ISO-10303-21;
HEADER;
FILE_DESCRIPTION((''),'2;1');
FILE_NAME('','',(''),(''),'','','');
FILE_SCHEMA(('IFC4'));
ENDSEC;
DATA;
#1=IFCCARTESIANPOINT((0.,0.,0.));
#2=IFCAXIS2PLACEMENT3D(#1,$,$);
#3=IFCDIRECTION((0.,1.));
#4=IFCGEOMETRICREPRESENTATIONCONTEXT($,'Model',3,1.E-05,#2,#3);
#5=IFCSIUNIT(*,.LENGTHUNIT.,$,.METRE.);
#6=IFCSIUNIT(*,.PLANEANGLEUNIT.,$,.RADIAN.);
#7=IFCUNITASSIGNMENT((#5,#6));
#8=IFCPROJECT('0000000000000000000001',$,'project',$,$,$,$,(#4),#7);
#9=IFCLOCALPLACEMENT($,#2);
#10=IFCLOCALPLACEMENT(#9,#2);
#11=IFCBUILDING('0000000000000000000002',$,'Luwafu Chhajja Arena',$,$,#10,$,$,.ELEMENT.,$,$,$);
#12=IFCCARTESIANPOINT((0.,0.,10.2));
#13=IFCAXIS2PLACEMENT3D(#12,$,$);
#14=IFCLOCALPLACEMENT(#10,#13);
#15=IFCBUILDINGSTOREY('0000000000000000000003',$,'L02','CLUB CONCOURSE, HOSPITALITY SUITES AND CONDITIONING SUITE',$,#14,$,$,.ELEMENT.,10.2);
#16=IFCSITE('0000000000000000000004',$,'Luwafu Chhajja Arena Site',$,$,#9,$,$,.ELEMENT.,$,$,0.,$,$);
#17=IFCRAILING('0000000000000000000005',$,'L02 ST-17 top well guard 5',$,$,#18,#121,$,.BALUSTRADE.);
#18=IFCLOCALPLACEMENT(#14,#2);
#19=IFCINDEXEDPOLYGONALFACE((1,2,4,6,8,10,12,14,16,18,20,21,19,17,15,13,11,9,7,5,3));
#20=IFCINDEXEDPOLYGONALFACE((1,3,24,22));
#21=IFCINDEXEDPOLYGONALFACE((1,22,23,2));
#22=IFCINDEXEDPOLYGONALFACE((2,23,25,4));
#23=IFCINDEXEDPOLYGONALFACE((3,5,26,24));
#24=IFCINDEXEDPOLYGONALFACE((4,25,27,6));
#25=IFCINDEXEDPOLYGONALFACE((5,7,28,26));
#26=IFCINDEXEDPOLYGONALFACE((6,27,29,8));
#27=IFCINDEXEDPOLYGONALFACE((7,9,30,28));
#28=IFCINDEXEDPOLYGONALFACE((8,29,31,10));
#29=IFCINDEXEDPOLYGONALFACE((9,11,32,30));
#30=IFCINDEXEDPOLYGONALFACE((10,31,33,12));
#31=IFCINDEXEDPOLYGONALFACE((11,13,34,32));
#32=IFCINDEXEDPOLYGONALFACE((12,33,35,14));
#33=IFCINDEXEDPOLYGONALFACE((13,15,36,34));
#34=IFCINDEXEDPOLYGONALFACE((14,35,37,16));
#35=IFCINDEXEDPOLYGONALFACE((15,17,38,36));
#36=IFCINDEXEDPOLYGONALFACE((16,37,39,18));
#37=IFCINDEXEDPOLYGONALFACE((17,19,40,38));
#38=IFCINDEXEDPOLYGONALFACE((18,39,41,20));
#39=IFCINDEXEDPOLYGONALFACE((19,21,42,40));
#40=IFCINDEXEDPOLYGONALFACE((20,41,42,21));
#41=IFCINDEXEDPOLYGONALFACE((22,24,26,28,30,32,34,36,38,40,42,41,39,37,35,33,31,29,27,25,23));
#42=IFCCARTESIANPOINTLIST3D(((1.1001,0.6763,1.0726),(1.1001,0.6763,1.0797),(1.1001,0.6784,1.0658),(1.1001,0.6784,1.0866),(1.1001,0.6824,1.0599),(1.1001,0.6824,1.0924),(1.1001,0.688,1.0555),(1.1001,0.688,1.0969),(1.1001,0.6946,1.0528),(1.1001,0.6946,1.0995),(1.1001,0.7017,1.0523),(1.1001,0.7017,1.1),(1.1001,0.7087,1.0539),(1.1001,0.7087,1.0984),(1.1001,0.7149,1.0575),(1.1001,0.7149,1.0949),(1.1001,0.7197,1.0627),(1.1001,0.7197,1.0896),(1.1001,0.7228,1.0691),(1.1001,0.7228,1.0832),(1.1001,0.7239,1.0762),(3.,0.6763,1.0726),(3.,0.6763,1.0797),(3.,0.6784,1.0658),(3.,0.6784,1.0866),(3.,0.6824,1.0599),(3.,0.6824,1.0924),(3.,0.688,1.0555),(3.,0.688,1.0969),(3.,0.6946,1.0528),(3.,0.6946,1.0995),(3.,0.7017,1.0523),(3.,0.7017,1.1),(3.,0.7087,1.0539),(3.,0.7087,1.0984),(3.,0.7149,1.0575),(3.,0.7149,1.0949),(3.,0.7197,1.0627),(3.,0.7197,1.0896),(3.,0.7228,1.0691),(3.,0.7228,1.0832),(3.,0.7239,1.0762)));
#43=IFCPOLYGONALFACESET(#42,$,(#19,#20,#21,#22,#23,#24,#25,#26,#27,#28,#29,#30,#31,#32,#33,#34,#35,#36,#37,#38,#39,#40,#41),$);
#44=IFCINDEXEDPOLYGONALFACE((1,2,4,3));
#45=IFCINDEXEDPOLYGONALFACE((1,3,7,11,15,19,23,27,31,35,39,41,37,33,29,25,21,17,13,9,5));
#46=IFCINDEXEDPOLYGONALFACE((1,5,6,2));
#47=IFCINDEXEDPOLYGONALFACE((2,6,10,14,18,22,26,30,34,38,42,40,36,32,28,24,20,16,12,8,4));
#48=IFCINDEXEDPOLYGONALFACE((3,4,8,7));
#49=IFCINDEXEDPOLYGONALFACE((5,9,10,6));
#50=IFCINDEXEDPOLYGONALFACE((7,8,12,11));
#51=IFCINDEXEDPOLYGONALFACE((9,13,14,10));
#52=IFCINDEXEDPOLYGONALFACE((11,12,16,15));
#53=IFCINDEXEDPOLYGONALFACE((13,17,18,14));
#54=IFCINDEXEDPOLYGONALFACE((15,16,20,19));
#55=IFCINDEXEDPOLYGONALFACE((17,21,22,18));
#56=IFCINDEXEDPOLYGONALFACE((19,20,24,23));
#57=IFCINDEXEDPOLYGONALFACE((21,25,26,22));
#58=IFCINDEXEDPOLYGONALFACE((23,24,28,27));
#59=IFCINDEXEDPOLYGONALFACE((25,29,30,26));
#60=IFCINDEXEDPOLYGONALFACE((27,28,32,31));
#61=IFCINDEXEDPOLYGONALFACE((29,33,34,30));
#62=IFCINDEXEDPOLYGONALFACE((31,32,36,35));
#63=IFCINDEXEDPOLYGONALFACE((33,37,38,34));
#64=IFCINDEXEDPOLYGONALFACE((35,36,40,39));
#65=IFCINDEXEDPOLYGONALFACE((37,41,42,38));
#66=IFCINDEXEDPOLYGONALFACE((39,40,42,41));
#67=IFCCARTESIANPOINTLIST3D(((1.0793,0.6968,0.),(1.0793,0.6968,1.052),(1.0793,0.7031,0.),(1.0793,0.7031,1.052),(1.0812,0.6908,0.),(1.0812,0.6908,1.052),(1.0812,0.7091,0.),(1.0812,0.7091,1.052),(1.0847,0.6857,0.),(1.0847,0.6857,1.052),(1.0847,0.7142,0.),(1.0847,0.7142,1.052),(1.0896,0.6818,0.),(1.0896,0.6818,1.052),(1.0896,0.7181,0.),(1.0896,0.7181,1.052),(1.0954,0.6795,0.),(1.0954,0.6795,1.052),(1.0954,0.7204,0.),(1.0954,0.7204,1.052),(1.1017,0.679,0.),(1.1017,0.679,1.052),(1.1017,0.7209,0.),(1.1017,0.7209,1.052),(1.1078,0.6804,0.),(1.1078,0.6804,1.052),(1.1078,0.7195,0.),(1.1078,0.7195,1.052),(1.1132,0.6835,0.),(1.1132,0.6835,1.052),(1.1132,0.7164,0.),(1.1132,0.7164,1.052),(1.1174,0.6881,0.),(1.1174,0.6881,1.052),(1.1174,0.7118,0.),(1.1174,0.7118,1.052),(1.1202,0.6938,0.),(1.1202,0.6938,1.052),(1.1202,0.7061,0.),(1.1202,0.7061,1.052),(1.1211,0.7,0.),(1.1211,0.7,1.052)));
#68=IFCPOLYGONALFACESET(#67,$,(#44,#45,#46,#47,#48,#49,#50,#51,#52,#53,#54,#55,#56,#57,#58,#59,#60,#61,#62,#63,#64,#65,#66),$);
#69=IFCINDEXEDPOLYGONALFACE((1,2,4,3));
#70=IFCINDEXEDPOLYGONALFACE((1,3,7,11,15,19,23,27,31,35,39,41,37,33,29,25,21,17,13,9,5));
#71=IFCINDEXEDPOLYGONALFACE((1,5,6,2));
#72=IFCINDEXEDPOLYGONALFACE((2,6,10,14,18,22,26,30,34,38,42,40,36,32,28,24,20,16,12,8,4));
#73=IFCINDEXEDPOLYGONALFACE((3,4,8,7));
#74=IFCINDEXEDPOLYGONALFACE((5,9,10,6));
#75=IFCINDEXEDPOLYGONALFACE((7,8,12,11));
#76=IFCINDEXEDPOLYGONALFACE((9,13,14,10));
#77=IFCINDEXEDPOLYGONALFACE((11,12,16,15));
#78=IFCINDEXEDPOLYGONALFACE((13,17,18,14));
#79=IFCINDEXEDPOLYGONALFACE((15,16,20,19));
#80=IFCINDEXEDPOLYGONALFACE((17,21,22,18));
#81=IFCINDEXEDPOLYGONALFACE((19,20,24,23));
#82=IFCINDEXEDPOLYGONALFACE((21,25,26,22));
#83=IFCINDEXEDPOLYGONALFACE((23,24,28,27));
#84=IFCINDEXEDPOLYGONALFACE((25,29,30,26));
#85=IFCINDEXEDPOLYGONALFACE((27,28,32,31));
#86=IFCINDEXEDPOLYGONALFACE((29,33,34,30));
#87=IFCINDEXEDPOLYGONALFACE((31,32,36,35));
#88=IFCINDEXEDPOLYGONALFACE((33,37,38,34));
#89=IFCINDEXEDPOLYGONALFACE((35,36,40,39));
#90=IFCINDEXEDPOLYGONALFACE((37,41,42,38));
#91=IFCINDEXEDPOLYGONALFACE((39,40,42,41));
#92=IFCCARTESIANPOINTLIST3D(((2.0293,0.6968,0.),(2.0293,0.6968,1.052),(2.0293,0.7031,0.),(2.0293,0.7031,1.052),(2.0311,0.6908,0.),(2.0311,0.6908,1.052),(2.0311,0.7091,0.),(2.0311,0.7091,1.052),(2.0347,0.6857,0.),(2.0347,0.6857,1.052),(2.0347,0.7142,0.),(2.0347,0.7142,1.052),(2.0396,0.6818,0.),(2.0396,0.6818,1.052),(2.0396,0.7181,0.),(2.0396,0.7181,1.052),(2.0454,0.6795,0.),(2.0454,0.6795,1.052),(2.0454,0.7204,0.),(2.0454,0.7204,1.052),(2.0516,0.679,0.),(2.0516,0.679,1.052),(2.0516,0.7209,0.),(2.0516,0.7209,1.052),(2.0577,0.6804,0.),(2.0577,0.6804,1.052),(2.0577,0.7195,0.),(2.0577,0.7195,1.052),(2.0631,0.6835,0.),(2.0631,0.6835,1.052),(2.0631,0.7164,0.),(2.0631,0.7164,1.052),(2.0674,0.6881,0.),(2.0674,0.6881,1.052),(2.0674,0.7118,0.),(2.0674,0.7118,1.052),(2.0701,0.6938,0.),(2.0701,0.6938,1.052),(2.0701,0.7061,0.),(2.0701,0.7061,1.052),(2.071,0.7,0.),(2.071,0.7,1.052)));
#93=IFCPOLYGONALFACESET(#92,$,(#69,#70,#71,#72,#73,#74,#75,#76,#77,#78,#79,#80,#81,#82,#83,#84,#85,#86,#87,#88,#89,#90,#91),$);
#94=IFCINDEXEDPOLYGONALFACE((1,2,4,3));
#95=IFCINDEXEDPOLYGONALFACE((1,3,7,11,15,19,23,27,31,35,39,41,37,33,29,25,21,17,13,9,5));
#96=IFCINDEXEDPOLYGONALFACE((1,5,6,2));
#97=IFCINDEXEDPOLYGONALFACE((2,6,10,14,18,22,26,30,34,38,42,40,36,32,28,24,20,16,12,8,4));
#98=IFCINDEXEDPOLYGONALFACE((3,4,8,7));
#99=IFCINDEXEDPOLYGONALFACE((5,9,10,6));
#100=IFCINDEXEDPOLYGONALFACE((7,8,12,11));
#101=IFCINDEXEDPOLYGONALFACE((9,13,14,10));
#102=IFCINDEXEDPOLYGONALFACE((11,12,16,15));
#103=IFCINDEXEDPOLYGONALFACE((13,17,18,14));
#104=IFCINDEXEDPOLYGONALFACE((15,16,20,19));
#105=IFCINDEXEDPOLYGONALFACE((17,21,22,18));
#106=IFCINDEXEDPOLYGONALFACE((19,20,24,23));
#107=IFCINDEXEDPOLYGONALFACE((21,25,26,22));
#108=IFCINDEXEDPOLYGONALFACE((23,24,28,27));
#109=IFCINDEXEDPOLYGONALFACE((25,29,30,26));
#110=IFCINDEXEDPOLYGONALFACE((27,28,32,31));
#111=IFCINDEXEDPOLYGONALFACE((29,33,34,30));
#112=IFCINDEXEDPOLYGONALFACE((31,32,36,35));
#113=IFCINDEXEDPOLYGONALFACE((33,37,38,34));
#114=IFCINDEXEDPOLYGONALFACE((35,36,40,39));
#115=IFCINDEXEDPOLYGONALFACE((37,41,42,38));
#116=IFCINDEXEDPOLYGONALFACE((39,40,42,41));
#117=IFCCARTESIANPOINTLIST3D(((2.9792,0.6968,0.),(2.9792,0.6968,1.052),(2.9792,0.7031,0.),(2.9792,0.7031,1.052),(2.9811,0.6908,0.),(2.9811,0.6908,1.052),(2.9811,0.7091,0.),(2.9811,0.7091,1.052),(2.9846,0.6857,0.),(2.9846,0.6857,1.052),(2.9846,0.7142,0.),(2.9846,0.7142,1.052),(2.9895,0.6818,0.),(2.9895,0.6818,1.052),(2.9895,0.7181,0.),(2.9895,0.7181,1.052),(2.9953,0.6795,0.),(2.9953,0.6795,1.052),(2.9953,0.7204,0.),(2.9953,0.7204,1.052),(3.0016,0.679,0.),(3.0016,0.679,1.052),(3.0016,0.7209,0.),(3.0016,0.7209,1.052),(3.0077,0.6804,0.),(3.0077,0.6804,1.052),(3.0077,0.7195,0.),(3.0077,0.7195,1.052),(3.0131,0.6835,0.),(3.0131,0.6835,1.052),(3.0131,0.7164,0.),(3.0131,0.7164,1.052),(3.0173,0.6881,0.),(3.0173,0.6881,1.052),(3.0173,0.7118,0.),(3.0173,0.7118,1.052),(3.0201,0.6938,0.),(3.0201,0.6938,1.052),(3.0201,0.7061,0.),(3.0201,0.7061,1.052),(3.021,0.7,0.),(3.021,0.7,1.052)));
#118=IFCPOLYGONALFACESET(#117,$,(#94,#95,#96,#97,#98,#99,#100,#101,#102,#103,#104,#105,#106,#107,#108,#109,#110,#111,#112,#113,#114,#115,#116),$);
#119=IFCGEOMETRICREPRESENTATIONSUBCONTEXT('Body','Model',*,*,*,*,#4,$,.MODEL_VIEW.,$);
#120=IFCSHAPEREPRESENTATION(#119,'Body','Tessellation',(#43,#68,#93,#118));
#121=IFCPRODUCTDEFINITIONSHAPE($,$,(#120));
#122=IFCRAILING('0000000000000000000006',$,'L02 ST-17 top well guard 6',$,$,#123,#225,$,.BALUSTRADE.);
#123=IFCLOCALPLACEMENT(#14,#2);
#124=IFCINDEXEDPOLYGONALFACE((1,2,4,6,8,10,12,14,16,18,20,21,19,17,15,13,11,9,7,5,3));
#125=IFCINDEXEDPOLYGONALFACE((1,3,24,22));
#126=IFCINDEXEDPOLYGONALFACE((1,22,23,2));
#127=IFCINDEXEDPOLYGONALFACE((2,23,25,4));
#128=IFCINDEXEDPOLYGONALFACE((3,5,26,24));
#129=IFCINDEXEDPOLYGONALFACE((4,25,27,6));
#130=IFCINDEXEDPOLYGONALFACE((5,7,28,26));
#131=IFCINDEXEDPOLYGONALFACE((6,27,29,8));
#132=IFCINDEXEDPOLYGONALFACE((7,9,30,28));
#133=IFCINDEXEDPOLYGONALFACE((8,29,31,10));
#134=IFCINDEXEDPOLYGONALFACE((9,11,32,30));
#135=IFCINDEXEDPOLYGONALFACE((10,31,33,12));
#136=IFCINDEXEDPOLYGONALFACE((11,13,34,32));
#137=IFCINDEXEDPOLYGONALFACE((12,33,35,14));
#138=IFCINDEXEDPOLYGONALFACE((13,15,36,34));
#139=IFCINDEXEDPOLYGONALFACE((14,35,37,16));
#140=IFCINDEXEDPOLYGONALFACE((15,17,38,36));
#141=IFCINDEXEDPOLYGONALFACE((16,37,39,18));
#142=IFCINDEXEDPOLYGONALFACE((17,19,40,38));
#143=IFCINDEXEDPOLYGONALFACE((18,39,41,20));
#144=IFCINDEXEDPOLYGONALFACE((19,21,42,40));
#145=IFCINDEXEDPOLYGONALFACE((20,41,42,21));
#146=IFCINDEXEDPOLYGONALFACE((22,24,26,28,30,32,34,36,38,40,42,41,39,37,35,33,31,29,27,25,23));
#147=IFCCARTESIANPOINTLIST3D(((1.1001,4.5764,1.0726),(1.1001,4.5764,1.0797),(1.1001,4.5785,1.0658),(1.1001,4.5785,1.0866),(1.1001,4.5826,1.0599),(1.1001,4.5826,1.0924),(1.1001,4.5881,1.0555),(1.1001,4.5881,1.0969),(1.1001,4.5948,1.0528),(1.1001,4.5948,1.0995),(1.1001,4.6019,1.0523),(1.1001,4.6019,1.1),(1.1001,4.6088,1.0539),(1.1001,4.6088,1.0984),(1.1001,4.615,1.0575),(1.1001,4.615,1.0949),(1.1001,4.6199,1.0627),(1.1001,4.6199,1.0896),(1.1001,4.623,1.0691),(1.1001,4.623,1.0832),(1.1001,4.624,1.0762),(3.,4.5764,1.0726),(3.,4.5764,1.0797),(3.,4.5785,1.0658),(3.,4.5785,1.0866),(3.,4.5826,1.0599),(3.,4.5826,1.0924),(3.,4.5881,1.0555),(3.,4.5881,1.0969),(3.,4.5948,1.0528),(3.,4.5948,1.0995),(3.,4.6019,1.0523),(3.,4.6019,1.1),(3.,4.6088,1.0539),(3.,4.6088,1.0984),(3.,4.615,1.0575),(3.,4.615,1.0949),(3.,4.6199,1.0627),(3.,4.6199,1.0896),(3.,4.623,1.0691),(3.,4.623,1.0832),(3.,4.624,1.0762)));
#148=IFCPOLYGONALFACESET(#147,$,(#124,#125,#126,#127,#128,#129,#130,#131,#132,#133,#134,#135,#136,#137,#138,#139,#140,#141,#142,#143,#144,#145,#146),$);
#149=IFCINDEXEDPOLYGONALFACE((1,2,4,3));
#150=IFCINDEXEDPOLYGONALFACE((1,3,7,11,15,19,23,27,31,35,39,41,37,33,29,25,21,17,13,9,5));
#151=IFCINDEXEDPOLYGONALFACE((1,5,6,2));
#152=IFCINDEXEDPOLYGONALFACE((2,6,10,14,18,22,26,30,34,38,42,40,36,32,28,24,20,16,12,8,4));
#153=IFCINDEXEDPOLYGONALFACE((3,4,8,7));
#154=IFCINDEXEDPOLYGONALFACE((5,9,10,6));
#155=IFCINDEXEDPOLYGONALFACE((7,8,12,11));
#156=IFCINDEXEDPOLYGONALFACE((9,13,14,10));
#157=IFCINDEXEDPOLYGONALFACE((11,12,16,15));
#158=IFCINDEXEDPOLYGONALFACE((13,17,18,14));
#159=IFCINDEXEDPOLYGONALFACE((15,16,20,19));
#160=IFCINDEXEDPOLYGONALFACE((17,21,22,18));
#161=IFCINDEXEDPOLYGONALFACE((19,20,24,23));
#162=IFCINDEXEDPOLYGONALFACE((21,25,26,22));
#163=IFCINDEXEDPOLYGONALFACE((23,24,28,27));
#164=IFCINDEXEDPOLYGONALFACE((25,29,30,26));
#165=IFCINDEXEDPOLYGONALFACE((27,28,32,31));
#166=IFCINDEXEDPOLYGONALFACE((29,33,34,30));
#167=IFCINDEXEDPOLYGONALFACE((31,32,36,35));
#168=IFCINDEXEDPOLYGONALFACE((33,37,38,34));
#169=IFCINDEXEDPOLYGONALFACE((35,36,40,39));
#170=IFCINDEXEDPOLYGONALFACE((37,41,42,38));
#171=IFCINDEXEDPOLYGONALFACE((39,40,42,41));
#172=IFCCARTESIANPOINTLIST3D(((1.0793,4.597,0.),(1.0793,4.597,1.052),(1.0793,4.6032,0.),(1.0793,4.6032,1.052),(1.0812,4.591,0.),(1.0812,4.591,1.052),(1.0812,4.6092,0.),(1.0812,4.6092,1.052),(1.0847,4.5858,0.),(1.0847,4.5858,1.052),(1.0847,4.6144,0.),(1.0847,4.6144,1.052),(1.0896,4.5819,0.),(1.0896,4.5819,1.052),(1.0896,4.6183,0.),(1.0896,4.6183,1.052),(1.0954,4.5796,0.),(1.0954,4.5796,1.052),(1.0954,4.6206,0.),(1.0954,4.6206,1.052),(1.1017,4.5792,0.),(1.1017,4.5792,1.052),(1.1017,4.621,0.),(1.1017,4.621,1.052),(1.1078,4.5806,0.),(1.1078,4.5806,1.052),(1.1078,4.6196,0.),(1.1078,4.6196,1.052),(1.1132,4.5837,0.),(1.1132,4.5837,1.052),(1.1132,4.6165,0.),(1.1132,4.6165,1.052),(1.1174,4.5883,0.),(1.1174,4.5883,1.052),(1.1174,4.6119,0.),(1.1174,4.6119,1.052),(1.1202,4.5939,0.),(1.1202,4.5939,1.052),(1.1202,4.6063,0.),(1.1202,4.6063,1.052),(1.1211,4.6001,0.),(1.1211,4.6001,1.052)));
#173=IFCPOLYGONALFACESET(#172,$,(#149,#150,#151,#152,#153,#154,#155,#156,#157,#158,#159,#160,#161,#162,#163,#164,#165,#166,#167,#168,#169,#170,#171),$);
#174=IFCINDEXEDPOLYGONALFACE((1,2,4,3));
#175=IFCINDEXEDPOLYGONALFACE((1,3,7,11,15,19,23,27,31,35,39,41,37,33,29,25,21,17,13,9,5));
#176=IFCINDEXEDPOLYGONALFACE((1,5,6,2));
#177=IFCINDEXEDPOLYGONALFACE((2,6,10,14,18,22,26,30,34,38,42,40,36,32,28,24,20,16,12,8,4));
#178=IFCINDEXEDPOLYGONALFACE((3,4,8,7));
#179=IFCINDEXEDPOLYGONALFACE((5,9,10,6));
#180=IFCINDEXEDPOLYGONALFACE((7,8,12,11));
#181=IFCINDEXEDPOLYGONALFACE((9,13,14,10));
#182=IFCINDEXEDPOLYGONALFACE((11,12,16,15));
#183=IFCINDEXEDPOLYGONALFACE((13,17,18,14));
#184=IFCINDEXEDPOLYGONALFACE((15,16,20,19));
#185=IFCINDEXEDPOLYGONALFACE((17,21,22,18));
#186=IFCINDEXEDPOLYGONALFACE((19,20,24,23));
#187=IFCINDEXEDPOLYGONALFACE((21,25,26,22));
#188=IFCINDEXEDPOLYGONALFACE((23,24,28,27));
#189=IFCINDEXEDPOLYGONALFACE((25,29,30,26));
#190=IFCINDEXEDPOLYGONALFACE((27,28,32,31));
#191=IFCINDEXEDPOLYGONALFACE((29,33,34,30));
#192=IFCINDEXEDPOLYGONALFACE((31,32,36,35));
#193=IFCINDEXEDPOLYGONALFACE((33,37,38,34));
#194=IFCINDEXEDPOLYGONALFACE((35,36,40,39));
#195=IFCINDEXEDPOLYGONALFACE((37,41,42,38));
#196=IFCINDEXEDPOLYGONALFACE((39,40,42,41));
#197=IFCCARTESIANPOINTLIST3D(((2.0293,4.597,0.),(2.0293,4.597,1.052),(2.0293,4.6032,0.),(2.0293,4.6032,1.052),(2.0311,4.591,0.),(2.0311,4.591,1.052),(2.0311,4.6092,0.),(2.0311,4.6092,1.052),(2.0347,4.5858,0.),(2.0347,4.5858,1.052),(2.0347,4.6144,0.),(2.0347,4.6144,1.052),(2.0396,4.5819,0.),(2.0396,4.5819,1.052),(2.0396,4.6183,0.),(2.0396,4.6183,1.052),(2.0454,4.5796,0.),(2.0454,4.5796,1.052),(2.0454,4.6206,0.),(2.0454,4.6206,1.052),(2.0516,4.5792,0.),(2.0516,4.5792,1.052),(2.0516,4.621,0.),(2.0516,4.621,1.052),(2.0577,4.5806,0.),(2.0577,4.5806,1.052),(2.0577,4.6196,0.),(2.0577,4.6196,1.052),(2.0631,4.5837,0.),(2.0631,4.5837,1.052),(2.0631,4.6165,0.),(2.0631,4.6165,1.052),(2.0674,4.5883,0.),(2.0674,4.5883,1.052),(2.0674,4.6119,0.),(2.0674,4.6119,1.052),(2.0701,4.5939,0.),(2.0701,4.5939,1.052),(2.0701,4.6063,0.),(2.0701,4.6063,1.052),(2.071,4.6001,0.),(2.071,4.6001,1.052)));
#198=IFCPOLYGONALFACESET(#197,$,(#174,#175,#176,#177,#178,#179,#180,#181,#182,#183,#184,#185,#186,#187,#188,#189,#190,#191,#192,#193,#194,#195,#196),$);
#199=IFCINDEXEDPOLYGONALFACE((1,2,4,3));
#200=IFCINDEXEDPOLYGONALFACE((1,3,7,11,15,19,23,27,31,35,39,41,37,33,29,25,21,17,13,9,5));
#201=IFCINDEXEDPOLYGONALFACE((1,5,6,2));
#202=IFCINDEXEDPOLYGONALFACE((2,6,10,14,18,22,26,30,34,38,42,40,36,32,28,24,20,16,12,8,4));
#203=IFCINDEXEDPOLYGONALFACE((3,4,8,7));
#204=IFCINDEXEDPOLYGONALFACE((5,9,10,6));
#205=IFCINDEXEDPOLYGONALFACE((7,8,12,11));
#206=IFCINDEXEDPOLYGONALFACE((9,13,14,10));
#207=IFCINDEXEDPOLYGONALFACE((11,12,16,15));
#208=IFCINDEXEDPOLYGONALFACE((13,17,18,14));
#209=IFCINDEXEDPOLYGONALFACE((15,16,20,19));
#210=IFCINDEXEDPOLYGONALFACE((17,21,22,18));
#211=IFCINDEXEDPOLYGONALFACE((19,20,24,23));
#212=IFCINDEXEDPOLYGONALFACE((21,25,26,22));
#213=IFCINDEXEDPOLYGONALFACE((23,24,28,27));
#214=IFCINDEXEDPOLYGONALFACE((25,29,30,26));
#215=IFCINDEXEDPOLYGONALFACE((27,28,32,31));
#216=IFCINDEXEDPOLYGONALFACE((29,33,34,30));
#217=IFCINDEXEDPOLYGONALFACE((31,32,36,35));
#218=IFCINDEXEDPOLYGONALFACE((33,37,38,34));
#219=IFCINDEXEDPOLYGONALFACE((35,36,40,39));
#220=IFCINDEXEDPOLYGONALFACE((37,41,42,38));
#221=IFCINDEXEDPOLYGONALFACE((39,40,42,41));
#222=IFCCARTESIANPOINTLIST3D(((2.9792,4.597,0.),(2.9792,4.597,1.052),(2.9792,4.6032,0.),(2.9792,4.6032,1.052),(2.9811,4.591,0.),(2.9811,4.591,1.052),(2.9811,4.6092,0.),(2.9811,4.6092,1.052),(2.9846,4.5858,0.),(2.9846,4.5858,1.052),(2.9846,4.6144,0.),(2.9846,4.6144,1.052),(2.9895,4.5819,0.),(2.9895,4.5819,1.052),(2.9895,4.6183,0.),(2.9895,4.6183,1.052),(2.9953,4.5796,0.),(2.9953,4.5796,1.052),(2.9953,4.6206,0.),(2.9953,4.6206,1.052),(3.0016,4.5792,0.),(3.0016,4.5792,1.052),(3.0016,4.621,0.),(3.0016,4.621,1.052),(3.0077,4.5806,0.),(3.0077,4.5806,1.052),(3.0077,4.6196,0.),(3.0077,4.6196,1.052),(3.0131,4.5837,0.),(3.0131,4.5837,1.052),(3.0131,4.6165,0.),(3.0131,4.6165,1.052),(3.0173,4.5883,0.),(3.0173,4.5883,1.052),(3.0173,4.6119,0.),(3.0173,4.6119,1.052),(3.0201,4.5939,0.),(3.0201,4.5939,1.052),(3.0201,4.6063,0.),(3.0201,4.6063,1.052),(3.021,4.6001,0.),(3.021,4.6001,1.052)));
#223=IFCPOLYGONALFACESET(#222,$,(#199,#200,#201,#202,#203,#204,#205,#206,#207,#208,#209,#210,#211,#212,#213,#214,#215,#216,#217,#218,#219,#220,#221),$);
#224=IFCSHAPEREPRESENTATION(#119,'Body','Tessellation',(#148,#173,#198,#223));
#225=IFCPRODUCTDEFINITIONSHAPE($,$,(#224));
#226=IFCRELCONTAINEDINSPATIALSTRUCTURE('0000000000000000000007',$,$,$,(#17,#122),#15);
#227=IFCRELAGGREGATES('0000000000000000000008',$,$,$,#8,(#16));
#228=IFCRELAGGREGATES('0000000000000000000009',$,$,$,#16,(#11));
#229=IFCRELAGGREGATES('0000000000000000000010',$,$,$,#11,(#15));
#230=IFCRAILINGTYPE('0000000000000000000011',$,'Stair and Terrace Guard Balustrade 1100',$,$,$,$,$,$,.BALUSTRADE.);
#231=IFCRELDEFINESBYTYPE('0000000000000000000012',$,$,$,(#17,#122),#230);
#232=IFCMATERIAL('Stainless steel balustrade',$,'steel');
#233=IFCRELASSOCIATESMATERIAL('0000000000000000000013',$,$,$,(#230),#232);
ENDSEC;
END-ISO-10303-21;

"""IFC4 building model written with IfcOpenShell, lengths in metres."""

from ifc_helpers import new_model, si_unit, direction, frame, origin, origin_2d, place, context, subcontext, project, spatial, circle, extrude, material, type_object, element, save


model = new_model("IFC4")

# Units and contexts
model_context = context("Model", 3, precision=1e-05, world=origin(), true_north=direction((0.0, 1.0)))
body_context = subcontext(model_context, "Body", "Model", "MODEL_VIEW")
ifc_project = project(units=[si_unit("LENGTHUNIT", "METRE"), si_unit("PLANEANGLEUNIT", "RADIAN")], contexts=[model_context])

# Site, building, storey
site_placement = place(None, origin())
site = spatial("IfcSite", under=ifc_project, at=site_placement, Name="Luwafu Chhajja Arena Site", CompositionType="ELEMENT", RefElevation=0.0)
building_placement = place(site_placement, origin())
building = spatial("IfcBuilding", under=site, at=building_placement, Name="Luwafu Chhajja Arena", CompositionType="ELEMENT")
storey_placement = place(building_placement, frame((0.0, 0.0, 10.2)))
storey = spatial("IfcBuildingStorey", under=building, at=storey_placement, Name="L02", Description="CLUB CONCOURSE, HOSPITALITY SUITES AND CONDITIONING SUITE", CompositionType="ELEMENT", Elevation=10.2)

# Railings
ifc_material_1 = material(Name="Stainless steel balustrade", Category="steel")
railing_type = type_object("IfcRailingType", Name="Stair and Terrace Guard Balustrade 1100", PredefinedType="BALUSTRADE", material=ifc_material_1)
for number, where, name in (
    (1, (1.1001, 0.7, 0.0), "L02 ST-17 top well guard 5"),
    (2, (1.1001, 4.6001, 0.0), "L02 ST-17 top well guard 6"),
):
    element("IfcRailing", number, at=place(storey_placement, frame(where)), inside=storey, type_object=railing_type, Name=name, PredefinedType="BALUSTRADE", context=body_context, shape_type="SweptSolid", body=[
        extrude(circle(Radius=0.0239, at=origin_2d()), frame((0.0, 0.0, 1.0762), z_axis=(1.0, 0.0, 0.0), x_axis=(0.0, 1.0, 0.0)), (0.0, 0.0, 1.0), 1.8999),
        extrude(circle(Radius=0.021, at=origin_2d()), origin(), (0.0, 0.0, 1.0), 1.052),
        extrude(circle(Radius=0.021, at=origin_2d()), frame((0.95, 0.0, 0.0)), (0.0, 0.0, 1.0), 1.052),
        extrude(circle(Radius=0.021, at=origin_2d()), frame((1.8999, 0.0, 0.0)), (0.0, 0.0, 1.0), 1.052),
    ])

save(model, "model.ifc")
